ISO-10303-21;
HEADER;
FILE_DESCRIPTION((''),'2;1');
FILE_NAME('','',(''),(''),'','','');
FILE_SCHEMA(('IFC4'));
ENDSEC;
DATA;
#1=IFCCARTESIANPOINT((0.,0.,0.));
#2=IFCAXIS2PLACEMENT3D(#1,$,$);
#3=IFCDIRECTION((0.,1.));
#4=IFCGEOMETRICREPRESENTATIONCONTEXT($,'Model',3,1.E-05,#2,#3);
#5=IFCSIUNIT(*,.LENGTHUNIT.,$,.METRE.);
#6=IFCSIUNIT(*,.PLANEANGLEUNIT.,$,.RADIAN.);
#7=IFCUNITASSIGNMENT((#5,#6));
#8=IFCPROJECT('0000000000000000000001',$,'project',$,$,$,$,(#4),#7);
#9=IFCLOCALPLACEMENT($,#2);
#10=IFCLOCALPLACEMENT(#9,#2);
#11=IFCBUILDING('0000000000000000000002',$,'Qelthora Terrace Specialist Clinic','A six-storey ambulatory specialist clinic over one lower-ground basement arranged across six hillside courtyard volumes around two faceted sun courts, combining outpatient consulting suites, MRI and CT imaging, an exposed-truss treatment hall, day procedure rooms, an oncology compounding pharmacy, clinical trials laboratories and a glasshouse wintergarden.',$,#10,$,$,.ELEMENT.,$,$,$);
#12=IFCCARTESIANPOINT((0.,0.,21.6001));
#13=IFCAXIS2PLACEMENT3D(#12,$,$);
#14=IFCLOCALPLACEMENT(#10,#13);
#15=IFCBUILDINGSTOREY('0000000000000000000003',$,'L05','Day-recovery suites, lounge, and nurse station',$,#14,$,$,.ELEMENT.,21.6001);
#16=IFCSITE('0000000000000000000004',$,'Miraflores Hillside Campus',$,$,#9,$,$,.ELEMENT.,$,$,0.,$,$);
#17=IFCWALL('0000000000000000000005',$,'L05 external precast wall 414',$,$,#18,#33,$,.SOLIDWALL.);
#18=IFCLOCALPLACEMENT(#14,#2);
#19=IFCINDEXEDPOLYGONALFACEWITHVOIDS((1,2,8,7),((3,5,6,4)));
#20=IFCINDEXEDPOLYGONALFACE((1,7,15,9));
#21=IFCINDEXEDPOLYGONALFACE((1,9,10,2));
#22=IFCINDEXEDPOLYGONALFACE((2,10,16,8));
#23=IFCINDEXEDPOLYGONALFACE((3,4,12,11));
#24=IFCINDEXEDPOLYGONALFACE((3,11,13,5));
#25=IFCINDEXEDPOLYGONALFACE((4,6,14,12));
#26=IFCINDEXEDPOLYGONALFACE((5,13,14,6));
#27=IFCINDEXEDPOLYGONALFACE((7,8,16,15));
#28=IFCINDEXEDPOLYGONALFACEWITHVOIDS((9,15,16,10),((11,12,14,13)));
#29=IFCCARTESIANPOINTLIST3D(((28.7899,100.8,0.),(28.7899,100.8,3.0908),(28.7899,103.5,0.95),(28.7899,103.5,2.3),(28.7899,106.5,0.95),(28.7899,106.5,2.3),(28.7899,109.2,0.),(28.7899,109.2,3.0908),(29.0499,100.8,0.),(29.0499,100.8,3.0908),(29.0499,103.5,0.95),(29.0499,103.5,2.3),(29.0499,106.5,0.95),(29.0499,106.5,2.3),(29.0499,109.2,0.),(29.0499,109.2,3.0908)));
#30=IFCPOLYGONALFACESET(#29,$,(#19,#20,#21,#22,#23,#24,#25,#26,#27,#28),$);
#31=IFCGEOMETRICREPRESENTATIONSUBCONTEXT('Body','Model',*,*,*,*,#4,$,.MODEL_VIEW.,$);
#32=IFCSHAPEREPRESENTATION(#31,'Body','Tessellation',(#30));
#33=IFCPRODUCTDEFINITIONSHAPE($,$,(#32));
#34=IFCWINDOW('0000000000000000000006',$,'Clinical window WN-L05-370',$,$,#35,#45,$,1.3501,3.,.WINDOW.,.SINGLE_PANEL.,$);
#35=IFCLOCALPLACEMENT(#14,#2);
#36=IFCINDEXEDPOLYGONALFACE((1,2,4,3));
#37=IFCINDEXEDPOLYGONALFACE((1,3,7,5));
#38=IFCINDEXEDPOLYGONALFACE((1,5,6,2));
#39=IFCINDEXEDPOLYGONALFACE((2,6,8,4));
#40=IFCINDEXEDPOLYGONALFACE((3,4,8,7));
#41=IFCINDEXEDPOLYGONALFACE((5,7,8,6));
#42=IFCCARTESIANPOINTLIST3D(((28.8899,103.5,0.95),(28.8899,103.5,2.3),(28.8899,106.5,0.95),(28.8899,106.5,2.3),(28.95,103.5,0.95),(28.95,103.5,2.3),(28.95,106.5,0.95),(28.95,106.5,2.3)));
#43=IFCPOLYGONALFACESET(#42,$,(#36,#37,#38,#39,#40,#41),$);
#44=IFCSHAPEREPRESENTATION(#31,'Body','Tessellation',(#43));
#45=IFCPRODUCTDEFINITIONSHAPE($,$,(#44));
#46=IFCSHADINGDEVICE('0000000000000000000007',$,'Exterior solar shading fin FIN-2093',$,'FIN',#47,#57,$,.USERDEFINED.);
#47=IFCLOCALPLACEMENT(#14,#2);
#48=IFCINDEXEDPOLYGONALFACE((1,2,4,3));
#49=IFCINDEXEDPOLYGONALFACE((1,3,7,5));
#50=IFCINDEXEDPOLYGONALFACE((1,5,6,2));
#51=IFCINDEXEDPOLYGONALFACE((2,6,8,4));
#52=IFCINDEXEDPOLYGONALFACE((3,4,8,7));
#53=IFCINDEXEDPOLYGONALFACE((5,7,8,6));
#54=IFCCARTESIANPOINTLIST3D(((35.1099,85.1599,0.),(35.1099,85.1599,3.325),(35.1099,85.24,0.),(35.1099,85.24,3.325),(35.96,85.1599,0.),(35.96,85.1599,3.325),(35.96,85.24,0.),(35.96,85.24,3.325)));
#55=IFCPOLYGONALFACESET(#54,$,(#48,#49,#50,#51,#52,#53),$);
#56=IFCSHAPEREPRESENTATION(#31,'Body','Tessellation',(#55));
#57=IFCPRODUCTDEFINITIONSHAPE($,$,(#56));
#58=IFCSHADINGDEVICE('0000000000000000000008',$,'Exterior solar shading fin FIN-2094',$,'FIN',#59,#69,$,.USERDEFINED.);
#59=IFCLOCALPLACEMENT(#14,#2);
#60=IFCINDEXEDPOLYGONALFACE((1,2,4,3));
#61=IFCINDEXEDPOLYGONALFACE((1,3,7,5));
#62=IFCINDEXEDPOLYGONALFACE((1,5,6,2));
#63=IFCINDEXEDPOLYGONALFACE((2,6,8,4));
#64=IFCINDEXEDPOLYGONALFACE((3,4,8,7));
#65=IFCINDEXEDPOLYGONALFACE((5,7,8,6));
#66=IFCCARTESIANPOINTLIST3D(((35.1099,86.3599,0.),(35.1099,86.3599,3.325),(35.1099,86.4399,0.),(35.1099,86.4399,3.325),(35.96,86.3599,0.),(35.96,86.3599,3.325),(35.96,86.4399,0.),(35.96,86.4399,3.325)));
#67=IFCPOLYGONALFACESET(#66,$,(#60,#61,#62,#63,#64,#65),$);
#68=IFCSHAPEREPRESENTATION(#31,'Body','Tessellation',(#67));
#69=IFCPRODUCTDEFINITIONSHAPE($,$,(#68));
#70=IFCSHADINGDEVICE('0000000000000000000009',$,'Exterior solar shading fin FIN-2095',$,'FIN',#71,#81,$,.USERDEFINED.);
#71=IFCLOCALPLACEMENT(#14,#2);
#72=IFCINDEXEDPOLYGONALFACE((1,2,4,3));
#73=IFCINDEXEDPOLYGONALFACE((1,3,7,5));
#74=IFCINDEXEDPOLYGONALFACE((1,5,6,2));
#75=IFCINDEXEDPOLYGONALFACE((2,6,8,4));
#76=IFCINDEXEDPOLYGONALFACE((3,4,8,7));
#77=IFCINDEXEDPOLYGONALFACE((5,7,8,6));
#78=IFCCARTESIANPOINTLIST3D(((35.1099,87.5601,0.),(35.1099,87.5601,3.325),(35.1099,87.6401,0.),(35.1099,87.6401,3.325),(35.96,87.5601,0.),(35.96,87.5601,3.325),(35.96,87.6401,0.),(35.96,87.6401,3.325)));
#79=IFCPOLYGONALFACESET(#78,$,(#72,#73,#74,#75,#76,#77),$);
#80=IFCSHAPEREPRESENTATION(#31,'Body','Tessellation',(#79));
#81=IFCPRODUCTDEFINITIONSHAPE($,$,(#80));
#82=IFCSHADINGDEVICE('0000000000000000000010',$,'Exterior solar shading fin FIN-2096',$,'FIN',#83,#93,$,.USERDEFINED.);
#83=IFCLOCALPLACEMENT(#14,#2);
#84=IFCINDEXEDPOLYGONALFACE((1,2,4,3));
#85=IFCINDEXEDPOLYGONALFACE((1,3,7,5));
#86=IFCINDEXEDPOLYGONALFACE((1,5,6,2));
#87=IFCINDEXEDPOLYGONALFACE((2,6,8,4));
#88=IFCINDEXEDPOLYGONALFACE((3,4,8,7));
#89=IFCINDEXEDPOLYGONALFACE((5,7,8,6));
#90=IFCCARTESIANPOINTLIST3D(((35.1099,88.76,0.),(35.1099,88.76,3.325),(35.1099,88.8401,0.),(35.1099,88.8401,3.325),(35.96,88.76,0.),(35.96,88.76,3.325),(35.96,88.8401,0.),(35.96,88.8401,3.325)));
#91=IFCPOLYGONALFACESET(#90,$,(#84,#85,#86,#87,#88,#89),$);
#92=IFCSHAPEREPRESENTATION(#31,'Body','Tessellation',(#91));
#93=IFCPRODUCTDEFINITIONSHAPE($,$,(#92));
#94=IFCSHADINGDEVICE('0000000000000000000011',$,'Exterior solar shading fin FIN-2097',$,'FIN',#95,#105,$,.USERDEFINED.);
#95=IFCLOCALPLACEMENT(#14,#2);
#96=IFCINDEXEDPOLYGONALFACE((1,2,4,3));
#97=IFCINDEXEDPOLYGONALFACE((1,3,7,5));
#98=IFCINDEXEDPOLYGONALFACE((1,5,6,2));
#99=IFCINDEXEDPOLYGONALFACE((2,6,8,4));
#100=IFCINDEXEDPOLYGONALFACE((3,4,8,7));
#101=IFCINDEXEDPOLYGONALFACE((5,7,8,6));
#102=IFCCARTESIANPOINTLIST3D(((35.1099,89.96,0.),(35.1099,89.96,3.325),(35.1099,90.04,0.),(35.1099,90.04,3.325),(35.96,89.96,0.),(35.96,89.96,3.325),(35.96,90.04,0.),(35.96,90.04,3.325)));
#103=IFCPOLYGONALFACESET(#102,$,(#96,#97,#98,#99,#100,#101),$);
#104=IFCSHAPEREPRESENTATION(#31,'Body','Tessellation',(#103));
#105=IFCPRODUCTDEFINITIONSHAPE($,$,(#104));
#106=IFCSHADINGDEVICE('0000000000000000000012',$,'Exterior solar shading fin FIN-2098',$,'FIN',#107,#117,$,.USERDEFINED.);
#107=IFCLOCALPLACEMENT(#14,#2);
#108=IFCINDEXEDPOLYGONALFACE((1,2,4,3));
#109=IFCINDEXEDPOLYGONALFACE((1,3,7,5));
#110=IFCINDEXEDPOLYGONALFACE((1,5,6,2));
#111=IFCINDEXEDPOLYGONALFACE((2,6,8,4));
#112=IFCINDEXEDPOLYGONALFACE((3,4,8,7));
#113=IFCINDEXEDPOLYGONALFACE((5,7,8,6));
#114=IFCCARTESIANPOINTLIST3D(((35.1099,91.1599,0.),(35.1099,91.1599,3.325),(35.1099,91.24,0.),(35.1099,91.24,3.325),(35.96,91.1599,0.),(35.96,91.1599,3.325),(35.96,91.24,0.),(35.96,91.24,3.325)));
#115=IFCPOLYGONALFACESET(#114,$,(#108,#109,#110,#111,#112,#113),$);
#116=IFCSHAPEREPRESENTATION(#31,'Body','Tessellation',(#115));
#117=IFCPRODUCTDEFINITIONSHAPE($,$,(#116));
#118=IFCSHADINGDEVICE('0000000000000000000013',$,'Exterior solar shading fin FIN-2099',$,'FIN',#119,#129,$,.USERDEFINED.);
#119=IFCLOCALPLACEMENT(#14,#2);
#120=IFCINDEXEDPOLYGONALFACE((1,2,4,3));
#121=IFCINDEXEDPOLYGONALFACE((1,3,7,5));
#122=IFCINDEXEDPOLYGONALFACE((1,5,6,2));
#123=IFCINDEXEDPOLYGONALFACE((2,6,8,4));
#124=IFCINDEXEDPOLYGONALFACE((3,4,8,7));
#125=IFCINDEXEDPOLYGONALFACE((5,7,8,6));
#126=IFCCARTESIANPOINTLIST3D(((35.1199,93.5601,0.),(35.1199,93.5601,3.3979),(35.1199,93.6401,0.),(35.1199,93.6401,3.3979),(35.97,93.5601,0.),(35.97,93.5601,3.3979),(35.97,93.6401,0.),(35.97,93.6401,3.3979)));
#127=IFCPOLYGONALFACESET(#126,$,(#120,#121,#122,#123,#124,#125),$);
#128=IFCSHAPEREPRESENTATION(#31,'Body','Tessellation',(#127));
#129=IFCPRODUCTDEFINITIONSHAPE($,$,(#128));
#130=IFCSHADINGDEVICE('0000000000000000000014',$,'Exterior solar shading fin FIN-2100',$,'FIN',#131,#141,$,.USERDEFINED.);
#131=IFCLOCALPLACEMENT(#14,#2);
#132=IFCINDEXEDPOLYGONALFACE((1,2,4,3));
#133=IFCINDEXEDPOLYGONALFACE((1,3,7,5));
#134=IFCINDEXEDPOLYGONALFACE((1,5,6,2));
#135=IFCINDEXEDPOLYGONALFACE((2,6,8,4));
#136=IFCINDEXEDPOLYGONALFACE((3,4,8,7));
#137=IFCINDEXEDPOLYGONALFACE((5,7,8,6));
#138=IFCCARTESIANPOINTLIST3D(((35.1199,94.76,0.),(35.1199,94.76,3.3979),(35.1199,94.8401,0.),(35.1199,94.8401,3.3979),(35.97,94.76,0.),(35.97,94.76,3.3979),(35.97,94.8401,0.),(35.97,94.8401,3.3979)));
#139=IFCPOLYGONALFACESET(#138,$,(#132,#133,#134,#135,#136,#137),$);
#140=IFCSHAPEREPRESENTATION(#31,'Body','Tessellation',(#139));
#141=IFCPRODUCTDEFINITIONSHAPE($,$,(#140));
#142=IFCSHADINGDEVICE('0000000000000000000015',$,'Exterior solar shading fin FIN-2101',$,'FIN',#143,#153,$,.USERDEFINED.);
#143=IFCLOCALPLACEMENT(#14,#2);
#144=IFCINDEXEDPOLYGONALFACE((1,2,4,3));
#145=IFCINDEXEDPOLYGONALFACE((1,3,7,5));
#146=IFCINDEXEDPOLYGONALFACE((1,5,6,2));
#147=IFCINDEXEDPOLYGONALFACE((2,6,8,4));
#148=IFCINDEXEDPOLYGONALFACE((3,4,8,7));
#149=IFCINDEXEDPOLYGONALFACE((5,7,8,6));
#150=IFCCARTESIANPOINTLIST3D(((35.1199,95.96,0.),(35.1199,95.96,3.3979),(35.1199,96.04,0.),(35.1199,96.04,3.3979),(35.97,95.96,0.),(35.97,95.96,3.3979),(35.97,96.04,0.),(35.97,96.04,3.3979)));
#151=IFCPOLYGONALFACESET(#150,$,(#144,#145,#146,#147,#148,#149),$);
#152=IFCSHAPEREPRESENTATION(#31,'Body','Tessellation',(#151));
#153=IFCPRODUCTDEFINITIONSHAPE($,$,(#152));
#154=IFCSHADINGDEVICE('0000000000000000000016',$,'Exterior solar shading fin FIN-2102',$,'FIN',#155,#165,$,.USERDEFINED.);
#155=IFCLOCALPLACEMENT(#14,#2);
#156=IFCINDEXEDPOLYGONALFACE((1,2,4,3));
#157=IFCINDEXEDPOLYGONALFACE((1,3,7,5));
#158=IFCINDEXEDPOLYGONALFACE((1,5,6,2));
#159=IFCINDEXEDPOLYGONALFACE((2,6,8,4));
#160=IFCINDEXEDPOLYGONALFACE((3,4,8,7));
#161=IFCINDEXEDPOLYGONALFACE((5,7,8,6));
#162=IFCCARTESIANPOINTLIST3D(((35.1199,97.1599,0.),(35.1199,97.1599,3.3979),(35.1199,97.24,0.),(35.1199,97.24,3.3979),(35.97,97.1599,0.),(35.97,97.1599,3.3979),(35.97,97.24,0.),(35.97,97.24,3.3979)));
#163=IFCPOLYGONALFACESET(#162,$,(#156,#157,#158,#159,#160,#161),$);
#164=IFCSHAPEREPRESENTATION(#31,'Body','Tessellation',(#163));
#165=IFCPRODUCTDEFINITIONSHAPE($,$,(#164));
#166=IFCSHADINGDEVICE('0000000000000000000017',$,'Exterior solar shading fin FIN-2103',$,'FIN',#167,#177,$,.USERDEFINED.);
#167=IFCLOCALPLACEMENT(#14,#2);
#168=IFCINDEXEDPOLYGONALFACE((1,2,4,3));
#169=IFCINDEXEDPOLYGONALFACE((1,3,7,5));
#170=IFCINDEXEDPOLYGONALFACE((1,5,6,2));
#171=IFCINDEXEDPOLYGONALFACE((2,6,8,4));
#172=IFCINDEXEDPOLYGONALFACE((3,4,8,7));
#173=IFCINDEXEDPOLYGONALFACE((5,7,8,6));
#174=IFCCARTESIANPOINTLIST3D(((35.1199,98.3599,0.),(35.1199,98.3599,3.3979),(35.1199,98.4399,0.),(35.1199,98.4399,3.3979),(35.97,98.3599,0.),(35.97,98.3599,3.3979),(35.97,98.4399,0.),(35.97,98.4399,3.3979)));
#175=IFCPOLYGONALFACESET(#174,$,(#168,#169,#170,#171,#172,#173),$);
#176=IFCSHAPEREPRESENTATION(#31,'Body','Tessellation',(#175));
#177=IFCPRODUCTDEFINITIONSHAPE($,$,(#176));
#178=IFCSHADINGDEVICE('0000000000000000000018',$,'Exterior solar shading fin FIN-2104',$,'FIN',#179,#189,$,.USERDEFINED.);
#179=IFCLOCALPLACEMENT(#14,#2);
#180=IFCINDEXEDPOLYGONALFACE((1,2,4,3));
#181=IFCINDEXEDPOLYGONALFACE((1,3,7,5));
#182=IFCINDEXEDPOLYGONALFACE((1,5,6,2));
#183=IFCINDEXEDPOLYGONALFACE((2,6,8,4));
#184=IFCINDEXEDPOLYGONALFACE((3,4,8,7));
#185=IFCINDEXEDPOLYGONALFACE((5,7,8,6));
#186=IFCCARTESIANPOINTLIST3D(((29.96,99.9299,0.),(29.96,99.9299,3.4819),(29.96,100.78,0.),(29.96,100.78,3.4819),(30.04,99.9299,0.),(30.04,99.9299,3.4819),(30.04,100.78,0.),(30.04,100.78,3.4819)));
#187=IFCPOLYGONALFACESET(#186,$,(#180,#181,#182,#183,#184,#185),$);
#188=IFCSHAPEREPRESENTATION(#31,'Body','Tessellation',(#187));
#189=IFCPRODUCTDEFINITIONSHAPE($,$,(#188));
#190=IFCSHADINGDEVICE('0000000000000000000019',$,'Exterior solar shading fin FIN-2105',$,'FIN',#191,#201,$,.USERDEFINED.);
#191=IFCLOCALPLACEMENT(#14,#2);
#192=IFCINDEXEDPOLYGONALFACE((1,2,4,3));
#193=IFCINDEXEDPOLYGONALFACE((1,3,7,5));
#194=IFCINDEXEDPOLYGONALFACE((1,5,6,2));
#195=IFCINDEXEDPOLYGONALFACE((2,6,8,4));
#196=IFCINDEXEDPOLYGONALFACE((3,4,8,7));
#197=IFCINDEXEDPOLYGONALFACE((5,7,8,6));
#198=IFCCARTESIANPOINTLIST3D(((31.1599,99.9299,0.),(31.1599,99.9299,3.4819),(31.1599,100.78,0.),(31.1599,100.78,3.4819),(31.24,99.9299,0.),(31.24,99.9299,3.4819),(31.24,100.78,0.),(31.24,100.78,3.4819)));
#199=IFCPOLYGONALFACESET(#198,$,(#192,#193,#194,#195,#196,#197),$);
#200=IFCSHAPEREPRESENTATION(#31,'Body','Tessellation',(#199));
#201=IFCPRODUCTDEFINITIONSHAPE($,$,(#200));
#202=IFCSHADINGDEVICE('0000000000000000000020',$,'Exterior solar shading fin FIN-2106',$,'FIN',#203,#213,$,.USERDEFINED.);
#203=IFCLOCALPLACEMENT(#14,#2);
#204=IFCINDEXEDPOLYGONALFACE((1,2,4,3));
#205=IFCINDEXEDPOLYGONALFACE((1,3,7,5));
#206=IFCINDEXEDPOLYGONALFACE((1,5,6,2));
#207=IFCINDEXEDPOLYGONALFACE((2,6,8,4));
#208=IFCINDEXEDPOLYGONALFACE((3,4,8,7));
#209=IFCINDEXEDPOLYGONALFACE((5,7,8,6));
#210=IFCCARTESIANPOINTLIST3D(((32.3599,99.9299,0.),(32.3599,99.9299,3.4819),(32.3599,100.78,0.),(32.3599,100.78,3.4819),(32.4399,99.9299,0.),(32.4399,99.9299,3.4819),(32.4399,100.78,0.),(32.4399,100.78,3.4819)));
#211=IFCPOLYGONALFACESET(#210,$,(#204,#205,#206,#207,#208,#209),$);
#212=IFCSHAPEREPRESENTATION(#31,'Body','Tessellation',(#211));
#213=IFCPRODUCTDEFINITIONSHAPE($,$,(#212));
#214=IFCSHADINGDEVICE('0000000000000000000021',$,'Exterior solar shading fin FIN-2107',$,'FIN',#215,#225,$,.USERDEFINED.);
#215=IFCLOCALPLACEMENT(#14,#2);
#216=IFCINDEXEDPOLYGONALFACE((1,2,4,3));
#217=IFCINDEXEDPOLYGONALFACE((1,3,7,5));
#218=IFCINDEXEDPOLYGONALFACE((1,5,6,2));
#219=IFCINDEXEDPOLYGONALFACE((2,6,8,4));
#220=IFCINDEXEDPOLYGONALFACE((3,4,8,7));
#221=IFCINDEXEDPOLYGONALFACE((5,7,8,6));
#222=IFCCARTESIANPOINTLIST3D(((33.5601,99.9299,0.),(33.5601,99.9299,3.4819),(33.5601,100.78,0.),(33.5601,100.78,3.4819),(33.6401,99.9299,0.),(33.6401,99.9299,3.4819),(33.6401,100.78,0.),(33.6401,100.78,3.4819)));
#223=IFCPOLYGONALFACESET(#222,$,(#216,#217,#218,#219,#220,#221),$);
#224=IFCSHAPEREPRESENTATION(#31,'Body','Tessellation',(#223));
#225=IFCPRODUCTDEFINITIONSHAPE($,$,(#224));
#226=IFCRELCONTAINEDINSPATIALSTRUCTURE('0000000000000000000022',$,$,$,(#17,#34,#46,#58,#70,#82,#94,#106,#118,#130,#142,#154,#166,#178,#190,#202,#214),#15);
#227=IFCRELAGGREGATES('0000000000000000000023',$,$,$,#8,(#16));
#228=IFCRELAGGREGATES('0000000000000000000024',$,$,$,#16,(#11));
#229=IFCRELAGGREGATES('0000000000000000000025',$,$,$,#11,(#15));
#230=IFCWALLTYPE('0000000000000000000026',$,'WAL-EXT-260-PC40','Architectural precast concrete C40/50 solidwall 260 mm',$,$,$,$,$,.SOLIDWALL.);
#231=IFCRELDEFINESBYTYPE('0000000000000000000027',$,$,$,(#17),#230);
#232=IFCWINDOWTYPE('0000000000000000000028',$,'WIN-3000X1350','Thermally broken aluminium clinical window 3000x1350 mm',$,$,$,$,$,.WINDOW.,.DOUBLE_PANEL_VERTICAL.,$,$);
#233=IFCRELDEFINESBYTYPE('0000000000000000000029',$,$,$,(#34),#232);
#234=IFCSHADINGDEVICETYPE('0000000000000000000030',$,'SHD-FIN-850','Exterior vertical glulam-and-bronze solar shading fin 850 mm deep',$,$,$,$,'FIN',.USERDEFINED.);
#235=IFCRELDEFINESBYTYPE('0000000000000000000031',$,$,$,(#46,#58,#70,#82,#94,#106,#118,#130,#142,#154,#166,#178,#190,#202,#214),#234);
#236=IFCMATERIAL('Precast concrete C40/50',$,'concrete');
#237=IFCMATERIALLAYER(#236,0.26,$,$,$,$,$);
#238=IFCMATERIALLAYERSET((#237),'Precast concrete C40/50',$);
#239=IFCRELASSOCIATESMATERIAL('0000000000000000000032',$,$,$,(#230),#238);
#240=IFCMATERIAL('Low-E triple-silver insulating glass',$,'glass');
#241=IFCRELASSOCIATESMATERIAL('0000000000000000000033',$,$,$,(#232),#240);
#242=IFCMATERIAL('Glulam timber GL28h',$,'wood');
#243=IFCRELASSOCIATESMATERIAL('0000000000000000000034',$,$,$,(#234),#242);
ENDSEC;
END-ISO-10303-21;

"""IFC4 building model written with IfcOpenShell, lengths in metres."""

from ifc_helpers import new_model, si_unit, direction, frame, frame_2d, origin, origin_2d, place, context, subcontext, project, spatial, rectangle, extrude, material, layer, layer_set, type_object, element, fill, save


model = new_model("IFC4")

# Units and contexts
model_context = context("Model", 3, precision=1e-05, world=origin(), true_north=direction((0.0, 1.0)))
body_context = subcontext(model_context, "Body", "Model", "MODEL_VIEW")
ifc_project = project(units=[si_unit("LENGTHUNIT", "METRE"), si_unit("PLANEANGLEUNIT", "RADIAN")], contexts=[model_context])

# Site, building, storey
site_placement = place(None, origin())
site = spatial("IfcSite", under=ifc_project, at=site_placement, Name="Miraflores Hillside Campus", CompositionType="ELEMENT", RefElevation=0.0)
building_placement = place(site_placement, origin())
building = spatial("IfcBuilding", under=site, at=building_placement, Name="Qelthora Terrace Specialist Clinic", Description="A six-storey ambulatory specialist clinic over one lower-ground basement arranged across six hillside courtyard volumes around two faceted sun courts, combining outpatient consulting suites, MRI and CT imaging, an exposed-truss treatment hall, day procedure rooms, an oncology compounding pharmacy, clinical trials laboratories and a glasshouse wintergarden.", CompositionType="ELEMENT")
storey_placement = place(building_placement, frame((0.0, 0.0, 21.6001)))
storey = spatial("IfcBuildingStorey", under=building, at=storey_placement, Name="L05", Description="Day-recovery suites, lounge, and nurse station", CompositionType="ELEMENT", Elevation=21.6001)

# Wall, opening, window
ifc_material_1 = material(Name="Precast concrete C40/50", Category="concrete")
ifc_layer_1 = layer(ifc_material_1, 0.26)
ifc_layer_set_1 = layer_set([ifc_layer_1], Name="Precast concrete C40/50")
wall_type_1 = type_object("IfcWallType", Name="WAL-EXT-260-PC40", Description="Architectural precast concrete C40/50 solidwall 260 mm", PredefinedType="SOLIDWALL", material=ifc_layer_set_1)
wall_1_placement = place(storey_placement, frame((28.9199, 100.8, 0.0), z_axis=(0.0, 0.0, 1.0), x_axis=(0.0, 1.0, 0.0)))
wall_1 = element("IfcWall", 1, at=wall_1_placement, inside=storey, type_object=wall_type_1, Name="L05 external precast wall 414", PredefinedType="SOLIDWALL", context=body_context, shape_type="SweptSolid", body=[
    extrude(rectangle(XDim=8.3999, YDim=0.26, at=frame_2d((4.2, 0.0))), origin(), (0.0, 0.0, 1.0), 3.0908),
])
opening_1_placement = place(wall_1_placement, frame((2.7, 0.0, 0.95)))
opening_1 = element("IfcOpeningElement", 2, at=opening_1_placement, cuts=wall_1, PredefinedType="OPENING", context=body_context, shape_type="SweptSolid", body=[
    extrude(rectangle(XDim=3.0, YDim=1.3501, at=frame_2d((1.5, 0.675))), frame((0.0, 0.1399, 0.0), z_axis=(0.0, -1.0, 0.0), x_axis=(1.0, 0.0, 0.0)), (0.0, 0.0, 1.0), 0.28),
])
ifc_material_2 = material(Name="Low-E triple-silver insulating glass", Category="glass")
window_type = type_object("IfcWindowType", Name="WIN-3000X1350", Description="Thermally broken aluminium clinical window 3000x1350 mm", PartitioningType="DOUBLE_PANEL_VERTICAL", PredefinedType="WINDOW", material=ifc_material_2)
window_placement = place(opening_1_placement, origin())
window = element("IfcWindow", 3, at=window_placement, inside=storey, type_object=window_type, Name="Clinical window WN-L05-370", OverallHeight=1.3501, OverallWidth=3.0, PartitioningType="SINGLE_PANEL", PredefinedType="WINDOW", context=body_context, shape_type="SweptSolid", body=[
    extrude(rectangle(XDim=3.0, YDim=1.3501, at=frame_2d((1.5, 0.675))), frame((0.0, 0.03, 0.0), z_axis=(0.0, -1.0, 0.0), x_axis=(1.0, 0.0, 0.0)), (0.0, 0.0, 1.0), 0.0601),
])
fill(opening_1, window)

# Shading devices
ifc_material_3 = material(Name="Glulam timber GL28h", Category="wood")
shading_device_type = type_object("IfcShadingDeviceType", Name="SHD-FIN-850", Description="Exterior vertical glulam-and-bronze solar shading fin 850 mm deep", ElementType="FIN", PredefinedType="USERDEFINED", material=ifc_material_3)
for number, where, z_axis, x_axis, name in (
    (4, (35.5349, 85.2, 0.0), (0.0, 0.0, 1.0), (-1.0, 0.0, 0.0), "Exterior solar shading fin FIN-2093"),
    (5, (35.5349, 86.3999, 0.0), (0.0, 0.0, 1.0), (-1.0, 0.0, 0.0), "Exterior solar shading fin FIN-2094"),
    (6, (35.5349, 87.6001, 0.0), (0.0, 0.0, 1.0), (-1.0, 0.0, 0.0), "Exterior solar shading fin FIN-2095"),
    (7, (35.5349, 88.8, 0.0), (0.0, 0.0, 1.0), (-1.0, 0.0, 0.0), "Exterior solar shading fin FIN-2096"),
    (8, (35.5349, 90.0, 0.0), (0.0, 0.0, 1.0), (-1.0, 0.0, 0.0), "Exterior solar shading fin FIN-2097"),
    (9, (35.5349, 91.2, 0.0), (0.0, 0.0, 1.0), (-1.0, 0.0, 0.0), "Exterior solar shading fin FIN-2098"),
):
    element("IfcShadingDevice", number, at=place(storey_placement, frame(where, z_axis=z_axis, x_axis=x_axis)), inside=storey, type_object=shading_device_type, Name=name, ObjectType="FIN", PredefinedType="USERDEFINED", context=body_context, shape_type="SweptSolid", body=[
        extrude(rectangle(XDim=0.8501, YDim=0.0801, at=origin_2d()), origin(), (0.0, 0.0, 1.0), 3.325),
    ])
for number, where, z_axis, x_axis, name in (
    (10, (35.5449, 93.6001, 0.0), (0.0, 0.0, 1.0), (-1.0, 0.0, 0.0), "Exterior solar shading fin FIN-2099"),
    (11, (35.5449, 94.8, 0.0), (0.0, 0.0, 1.0), (-1.0, 0.0, 0.0), "Exterior solar shading fin FIN-2100"),
    (12, (35.5449, 96.0, 0.0), (0.0, 0.0, 1.0), (-1.0, 0.0, 0.0), "Exterior solar shading fin FIN-2101"),
    (13, (35.5449, 97.2, 0.0), (0.0, 0.0, 1.0), (-1.0, 0.0, 0.0), "Exterior solar shading fin FIN-2102"),
    (14, (35.5449, 98.3999, 0.0), (0.0, 0.0, 1.0), (-1.0, 0.0, 0.0), "Exterior solar shading fin FIN-2103"),
):
    element("IfcShadingDevice", number, at=place(storey_placement, frame(where, z_axis=z_axis, x_axis=x_axis)), inside=storey, type_object=shading_device_type, Name=name, ObjectType="FIN", PredefinedType="USERDEFINED", context=body_context, shape_type="SweptSolid", body=[
        extrude(rectangle(XDim=0.8501, YDim=0.0801, at=origin_2d()), origin(), (0.0, 0.0, 1.0), 3.3979),
    ])
for number, where, z_axis, x_axis, name in (
    (15, (30.0, 100.355, 0.0), (0.0, 0.0, 1.0), (0.0, -1.0, 0.0), "Exterior solar shading fin FIN-2104"),
    (16, (31.2, 100.355, 0.0), (0.0, 0.0, 1.0), (0.0, -1.0, 0.0), "Exterior solar shading fin FIN-2105"),
    (17, (32.3999, 100.355, 0.0), (0.0, 0.0, 1.0), (0.0, -1.0, 0.0), "Exterior solar shading fin FIN-2106"),
    (18, (33.6001, 100.355, 0.0), (0.0, 0.0, 1.0), (0.0, -1.0, 0.0), "Exterior solar shading fin FIN-2107"),
):
    element("IfcShadingDevice", number, at=place(storey_placement, frame(where, z_axis=z_axis, x_axis=x_axis)), inside=storey, type_object=shading_device_type, Name=name, ObjectType="FIN", PredefinedType="USERDEFINED", context=body_context, shape_type="SweptSolid", body=[
        extrude(rectangle(XDim=0.8501, YDim=0.0801, at=origin_2d()), origin(), (0.0, 0.0, 1.0), 3.4819),
    ])

save(model, "model.ifc")
